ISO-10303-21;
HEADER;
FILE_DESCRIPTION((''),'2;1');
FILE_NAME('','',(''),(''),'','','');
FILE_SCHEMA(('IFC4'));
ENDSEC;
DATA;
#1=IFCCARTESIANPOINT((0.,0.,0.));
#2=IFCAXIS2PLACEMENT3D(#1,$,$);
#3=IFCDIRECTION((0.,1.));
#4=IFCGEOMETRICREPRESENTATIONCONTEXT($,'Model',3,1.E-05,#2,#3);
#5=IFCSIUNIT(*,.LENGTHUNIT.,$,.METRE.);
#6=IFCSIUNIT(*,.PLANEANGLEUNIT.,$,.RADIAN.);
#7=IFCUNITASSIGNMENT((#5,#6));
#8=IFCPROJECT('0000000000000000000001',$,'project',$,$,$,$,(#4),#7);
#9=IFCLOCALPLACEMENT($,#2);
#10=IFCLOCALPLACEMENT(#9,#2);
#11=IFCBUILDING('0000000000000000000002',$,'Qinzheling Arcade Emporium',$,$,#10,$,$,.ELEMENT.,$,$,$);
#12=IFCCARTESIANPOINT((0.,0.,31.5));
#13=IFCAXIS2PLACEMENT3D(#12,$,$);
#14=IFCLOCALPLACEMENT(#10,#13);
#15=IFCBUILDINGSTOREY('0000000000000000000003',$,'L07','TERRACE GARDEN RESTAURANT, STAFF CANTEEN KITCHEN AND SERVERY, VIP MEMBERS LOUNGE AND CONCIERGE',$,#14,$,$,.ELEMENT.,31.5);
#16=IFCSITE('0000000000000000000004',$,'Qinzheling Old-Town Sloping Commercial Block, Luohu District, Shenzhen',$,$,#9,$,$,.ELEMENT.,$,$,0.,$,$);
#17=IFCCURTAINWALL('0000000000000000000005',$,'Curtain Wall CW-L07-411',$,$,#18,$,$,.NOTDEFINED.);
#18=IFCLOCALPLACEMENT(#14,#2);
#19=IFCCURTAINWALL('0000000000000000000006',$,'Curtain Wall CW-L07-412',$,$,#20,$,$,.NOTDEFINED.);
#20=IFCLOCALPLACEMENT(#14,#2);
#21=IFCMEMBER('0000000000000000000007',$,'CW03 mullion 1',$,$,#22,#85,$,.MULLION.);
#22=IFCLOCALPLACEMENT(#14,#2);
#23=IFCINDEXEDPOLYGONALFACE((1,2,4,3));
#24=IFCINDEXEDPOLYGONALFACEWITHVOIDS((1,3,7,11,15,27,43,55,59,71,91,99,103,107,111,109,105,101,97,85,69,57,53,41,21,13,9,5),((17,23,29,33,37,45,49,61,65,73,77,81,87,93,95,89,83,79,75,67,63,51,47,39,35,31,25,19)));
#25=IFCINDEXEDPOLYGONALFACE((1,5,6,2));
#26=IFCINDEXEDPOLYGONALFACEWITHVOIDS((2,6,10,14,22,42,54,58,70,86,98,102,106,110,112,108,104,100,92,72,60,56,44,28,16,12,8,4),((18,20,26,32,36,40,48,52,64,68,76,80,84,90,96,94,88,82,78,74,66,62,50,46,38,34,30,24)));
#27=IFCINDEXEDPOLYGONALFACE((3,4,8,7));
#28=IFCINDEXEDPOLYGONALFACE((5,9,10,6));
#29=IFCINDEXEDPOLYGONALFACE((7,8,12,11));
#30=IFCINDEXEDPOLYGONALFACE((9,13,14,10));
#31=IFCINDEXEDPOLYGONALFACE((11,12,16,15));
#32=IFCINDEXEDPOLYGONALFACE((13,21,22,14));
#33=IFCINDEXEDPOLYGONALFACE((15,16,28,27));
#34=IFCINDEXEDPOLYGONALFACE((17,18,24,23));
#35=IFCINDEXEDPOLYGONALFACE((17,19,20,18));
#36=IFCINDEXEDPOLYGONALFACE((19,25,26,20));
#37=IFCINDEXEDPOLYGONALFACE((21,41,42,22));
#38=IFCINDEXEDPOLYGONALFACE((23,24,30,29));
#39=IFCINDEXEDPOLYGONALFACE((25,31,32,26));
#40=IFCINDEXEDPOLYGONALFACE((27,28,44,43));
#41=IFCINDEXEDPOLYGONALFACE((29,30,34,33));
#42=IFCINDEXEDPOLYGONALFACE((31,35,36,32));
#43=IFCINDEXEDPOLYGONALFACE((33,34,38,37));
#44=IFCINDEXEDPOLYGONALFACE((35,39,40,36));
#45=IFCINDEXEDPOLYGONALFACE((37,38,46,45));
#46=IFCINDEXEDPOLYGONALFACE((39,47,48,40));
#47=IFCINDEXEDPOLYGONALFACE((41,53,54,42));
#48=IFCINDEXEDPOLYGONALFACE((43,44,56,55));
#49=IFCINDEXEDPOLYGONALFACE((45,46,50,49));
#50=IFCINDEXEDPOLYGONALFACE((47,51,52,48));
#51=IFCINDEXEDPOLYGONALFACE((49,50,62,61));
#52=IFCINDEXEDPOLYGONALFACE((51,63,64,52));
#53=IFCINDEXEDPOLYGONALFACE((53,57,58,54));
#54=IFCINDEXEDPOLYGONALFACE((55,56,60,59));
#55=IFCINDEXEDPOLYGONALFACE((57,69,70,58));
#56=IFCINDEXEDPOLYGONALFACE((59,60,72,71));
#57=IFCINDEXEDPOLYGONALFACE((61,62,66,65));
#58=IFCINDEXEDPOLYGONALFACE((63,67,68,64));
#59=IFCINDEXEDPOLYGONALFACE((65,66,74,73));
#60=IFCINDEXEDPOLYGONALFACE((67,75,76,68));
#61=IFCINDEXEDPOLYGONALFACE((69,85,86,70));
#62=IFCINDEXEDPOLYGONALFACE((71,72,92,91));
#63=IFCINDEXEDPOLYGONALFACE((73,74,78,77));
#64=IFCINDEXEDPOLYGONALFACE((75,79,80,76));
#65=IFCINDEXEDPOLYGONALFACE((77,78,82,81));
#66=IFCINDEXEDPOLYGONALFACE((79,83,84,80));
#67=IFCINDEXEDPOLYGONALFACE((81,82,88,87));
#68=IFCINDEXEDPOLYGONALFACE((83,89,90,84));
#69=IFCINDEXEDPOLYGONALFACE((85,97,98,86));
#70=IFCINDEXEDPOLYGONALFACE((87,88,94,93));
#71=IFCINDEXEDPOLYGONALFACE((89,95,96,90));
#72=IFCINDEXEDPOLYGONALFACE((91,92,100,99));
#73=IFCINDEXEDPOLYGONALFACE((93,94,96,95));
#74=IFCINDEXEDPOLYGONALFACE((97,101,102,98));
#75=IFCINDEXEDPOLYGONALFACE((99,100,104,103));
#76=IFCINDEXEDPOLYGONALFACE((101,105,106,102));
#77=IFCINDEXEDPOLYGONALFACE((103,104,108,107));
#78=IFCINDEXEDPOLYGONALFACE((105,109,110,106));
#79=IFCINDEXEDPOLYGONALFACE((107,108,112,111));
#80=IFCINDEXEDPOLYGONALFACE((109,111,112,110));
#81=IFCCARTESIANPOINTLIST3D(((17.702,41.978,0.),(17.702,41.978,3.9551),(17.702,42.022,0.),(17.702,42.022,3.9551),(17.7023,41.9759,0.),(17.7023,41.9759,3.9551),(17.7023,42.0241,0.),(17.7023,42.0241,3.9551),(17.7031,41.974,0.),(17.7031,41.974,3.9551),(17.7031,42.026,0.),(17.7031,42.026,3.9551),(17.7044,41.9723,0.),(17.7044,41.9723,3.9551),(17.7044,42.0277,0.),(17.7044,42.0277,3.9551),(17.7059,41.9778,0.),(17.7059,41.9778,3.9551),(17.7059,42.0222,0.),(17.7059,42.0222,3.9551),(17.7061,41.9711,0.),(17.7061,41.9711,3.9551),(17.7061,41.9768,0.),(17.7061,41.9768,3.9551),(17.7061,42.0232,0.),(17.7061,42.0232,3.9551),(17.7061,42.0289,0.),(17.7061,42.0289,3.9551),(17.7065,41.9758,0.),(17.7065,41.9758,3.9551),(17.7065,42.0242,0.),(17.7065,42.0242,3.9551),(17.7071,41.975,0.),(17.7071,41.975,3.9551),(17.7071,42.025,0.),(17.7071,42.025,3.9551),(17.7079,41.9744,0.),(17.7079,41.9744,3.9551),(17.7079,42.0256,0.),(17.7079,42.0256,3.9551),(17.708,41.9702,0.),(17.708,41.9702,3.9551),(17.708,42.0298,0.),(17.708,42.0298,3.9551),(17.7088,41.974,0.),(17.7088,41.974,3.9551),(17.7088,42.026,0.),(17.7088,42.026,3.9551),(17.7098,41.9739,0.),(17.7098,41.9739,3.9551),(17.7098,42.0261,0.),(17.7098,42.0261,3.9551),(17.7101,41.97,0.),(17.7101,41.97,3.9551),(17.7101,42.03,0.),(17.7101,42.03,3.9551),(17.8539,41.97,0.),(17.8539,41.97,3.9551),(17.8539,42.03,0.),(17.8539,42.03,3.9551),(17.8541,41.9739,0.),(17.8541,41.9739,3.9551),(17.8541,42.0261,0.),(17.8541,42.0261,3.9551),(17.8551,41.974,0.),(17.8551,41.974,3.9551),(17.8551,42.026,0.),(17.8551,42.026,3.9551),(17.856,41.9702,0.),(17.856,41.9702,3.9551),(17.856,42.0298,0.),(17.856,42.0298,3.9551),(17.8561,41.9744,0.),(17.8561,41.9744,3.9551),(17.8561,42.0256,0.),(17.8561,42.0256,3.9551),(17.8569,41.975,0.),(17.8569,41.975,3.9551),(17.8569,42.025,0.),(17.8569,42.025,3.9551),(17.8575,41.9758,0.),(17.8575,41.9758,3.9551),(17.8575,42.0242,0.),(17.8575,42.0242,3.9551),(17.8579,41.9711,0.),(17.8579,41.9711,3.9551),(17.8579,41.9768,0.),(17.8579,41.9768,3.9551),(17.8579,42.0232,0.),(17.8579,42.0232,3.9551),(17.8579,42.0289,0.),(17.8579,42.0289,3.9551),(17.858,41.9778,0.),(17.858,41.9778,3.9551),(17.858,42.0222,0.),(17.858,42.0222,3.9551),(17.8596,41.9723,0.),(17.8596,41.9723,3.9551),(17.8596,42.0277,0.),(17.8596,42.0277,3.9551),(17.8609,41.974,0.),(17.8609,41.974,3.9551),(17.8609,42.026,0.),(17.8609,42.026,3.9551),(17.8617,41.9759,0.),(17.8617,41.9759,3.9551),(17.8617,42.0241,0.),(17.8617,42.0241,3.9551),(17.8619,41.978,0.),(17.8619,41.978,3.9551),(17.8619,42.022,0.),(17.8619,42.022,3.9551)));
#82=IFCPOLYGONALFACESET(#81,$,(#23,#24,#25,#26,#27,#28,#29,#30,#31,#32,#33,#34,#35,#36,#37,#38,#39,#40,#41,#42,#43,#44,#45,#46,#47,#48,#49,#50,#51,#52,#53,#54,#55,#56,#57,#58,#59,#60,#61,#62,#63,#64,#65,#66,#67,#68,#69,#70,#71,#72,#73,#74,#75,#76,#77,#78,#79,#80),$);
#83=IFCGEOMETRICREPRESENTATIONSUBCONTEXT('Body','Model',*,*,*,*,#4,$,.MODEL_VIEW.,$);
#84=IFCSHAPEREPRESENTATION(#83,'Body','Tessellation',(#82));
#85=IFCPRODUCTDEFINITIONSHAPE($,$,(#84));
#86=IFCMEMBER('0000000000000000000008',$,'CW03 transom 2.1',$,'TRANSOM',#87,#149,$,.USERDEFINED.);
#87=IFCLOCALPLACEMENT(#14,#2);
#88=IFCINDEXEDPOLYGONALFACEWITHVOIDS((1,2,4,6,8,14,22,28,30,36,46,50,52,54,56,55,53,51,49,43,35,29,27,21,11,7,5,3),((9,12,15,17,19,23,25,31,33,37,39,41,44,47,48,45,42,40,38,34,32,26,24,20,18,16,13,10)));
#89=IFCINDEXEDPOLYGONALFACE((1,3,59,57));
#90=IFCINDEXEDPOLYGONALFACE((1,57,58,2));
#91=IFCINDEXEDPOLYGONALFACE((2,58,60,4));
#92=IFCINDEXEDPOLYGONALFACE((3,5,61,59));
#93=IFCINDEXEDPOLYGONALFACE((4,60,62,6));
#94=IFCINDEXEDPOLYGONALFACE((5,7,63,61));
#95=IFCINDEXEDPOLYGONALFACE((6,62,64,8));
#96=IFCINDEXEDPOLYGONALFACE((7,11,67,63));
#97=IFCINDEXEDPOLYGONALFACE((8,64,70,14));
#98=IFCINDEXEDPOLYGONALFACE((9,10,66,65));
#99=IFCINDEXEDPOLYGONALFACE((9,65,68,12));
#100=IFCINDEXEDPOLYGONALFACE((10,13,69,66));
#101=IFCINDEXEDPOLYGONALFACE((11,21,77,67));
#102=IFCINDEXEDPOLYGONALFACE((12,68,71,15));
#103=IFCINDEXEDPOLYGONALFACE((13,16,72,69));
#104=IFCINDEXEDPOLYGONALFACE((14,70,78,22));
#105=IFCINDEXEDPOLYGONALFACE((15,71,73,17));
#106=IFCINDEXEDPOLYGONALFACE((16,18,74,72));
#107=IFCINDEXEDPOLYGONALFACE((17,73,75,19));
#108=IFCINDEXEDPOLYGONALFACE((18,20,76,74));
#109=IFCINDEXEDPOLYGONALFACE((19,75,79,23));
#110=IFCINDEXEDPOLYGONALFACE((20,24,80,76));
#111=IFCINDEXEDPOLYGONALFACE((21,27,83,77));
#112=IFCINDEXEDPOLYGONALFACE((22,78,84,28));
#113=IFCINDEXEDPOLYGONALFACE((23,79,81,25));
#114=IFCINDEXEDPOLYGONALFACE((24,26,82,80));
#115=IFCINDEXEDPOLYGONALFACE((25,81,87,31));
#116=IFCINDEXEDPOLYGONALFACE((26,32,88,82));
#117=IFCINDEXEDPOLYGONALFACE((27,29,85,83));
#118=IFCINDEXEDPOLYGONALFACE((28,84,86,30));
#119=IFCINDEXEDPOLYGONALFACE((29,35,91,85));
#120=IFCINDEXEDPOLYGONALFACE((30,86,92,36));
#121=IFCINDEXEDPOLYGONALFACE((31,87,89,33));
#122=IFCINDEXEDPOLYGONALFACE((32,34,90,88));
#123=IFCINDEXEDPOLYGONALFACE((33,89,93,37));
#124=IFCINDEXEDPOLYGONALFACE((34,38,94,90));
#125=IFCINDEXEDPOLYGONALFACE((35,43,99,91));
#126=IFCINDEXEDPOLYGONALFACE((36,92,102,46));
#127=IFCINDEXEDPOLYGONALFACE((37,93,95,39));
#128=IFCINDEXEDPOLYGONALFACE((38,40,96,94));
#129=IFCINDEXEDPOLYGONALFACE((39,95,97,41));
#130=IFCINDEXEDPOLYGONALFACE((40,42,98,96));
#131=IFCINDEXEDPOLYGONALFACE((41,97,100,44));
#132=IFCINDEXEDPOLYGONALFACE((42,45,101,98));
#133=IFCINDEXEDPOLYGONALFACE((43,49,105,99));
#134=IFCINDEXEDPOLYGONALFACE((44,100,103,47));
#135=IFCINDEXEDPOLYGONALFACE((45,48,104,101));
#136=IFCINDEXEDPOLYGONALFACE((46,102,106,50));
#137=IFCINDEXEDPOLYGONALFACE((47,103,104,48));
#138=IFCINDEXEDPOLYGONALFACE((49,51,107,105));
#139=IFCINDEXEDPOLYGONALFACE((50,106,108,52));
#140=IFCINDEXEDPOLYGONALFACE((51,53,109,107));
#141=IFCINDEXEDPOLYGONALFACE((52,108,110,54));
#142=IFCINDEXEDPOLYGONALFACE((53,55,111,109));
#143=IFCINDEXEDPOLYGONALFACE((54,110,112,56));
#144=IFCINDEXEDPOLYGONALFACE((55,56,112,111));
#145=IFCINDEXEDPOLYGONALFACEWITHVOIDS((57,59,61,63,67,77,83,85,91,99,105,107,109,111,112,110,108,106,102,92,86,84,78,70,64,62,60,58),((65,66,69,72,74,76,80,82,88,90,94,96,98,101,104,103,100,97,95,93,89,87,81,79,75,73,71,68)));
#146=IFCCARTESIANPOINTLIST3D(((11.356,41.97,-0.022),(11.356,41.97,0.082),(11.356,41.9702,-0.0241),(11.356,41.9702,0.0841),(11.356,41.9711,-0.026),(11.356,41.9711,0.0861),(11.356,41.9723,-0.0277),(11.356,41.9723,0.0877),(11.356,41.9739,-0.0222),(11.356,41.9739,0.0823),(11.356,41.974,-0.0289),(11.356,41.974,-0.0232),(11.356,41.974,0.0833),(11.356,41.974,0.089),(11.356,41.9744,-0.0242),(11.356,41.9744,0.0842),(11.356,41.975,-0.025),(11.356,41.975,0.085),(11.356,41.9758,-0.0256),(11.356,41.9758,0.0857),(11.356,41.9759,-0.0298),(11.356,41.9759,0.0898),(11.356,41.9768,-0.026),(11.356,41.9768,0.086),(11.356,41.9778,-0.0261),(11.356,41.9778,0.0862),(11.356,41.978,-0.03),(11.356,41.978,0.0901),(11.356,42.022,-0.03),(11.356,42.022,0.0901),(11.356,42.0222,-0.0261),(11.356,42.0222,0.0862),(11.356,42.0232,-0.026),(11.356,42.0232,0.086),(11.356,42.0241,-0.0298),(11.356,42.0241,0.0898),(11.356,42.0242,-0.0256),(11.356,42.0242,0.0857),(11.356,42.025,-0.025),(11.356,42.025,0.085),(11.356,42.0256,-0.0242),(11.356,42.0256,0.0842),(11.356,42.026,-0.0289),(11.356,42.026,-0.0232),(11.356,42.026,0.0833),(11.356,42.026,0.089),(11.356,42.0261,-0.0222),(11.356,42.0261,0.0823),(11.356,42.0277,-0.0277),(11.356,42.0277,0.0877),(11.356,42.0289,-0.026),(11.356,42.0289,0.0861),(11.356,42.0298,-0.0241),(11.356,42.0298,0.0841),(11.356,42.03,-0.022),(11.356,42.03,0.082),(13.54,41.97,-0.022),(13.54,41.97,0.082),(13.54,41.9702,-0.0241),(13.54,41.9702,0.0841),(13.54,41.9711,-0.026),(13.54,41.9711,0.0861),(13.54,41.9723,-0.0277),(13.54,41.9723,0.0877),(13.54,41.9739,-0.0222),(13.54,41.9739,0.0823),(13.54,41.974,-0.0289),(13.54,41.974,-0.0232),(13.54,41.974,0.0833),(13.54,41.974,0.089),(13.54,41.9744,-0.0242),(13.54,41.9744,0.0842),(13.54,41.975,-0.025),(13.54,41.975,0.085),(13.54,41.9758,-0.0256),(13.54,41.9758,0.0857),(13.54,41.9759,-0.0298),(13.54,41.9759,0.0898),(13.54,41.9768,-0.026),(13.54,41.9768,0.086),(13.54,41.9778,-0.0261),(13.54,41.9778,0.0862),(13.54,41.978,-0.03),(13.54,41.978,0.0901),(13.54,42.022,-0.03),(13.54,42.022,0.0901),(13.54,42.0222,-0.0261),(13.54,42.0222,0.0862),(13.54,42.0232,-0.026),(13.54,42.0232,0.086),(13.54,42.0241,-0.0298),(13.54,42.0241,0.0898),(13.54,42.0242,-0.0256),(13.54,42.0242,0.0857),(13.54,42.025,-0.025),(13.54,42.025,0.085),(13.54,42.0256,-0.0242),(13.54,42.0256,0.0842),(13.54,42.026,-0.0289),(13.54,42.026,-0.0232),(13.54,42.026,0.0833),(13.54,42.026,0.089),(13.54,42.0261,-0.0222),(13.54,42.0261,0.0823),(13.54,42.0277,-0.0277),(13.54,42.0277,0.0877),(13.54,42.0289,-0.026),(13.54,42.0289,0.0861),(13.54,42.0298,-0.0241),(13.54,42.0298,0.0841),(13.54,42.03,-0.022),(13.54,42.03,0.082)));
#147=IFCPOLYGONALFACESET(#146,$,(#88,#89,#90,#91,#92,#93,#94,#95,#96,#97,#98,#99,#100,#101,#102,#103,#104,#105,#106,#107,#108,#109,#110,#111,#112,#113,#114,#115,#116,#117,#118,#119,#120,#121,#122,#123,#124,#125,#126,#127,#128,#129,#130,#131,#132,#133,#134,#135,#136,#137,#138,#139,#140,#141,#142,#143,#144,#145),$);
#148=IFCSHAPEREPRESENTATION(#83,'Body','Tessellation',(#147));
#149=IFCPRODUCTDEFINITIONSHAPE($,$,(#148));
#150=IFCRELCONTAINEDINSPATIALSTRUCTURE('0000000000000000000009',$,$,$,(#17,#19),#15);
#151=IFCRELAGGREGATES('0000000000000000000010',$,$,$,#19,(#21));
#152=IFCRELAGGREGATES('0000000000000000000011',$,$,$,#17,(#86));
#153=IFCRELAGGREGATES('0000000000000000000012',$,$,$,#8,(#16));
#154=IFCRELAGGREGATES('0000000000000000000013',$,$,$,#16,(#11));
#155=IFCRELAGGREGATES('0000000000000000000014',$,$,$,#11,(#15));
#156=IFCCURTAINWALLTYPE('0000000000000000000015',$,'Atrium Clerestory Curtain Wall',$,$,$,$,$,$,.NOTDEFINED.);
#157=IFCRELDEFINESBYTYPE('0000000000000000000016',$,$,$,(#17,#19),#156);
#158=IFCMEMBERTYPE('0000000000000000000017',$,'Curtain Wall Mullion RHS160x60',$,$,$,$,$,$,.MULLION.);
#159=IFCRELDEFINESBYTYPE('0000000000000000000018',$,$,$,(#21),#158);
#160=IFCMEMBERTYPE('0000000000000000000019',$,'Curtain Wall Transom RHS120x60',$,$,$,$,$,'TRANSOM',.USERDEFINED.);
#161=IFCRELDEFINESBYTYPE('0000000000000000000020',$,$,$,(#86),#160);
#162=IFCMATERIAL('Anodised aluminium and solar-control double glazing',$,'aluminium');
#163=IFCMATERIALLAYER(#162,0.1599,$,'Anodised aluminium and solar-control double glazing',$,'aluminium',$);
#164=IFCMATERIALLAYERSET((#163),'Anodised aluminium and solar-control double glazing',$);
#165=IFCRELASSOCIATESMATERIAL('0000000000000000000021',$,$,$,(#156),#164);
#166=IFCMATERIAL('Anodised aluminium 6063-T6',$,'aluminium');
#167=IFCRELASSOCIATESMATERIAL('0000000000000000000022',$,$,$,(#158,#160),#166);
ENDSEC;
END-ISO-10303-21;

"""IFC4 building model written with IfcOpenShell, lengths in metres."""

from ifc_helpers import new_model, si_unit, direction, frame, origin, origin_2d, place, context, subcontext, project, spatial, hollow_rectangle, extrude, material, layer, layer_set, material_profile, profile_set, type_object, element, aggregate, save


model = new_model("IFC4")

# Units and contexts
model_context = context("Model", 3, precision=1e-05, world=origin(), true_north=direction((0.0, 1.0)))
body_context = subcontext(model_context, "Body", "Model", "MODEL_VIEW")
ifc_project = project(units=[si_unit("LENGTHUNIT", "METRE"), si_unit("PLANEANGLEUNIT", "RADIAN")], contexts=[model_context])

# Site, building, storey
site_placement = place(None, origin())
site = spatial("IfcSite", under=ifc_project, at=site_placement, Name="Qinzheling Old-Town Sloping Commercial Block, Luohu District, Shenzhen", CompositionType="ELEMENT", RefElevation=0.0)
building_placement = place(site_placement, origin())
building = spatial("IfcBuilding", under=site, at=building_placement, Name="Qinzheling Arcade Emporium", CompositionType="ELEMENT")
storey_placement = place(building_placement, frame((0.0, 0.0, 31.5)))
storey = spatial("IfcBuildingStorey", under=building, at=storey_placement, Name="L07", Description="TERRACE GARDEN RESTAURANT, STAFF CANTEEN KITCHEN AND SERVERY, VIP MEMBERS LOUNGE AND CONCIERGE", CompositionType="ELEMENT", Elevation=31.5)

# Curtain wall
ifc_material_1 = material(Name="Anodised aluminium and solar-control double glazing", Category="aluminium")
ifc_layer_1 = layer(ifc_material_1, 0.1599, Name="Anodised aluminium and solar-control double glazing", Category="aluminium")
ifc_layer_set_1 = layer_set([ifc_layer_1], Name="Anodised aluminium and solar-control double glazing")
curtain_wall_type = type_object("IfcCurtainWallType", Name="Atrium Clerestory Curtain Wall", PredefinedType="NOTDEFINED", material=ifc_layer_set_1)
curtain_wall_1_placement = place(storey_placement, origin())
curtain_wall_1 = element("IfcCurtainWall", 1, at=curtain_wall_1_placement, inside=storey, type_object=curtain_wall_type, Name="Curtain Wall CW-L07-411", PredefinedType="NOTDEFINED")
ifc_material_2 = material(Name="Anodised aluminium 6063-T6", Category="aluminium")
ifc_material_profile_1 = material_profile(ifc_material_2, hollow_rectangle(XDim=0.0601, YDim=0.1599, WallThickness=0.0039, InnerFilletRadius=0.0039, OuterFilletRadius=0.0081, at=origin_2d()), Name="RHS 160x60x4", Category="aluminium")
ifc_profile_set_1 = profile_set([ifc_material_profile_1], Name="Anodised aluminium 6063-T6")
member_type_1 = type_object("IfcMemberType", Name="Curtain Wall Mullion RHS160x60", PredefinedType="MULLION", material=ifc_profile_set_1)

# Curtain wall, member
curtain_wall_2_placement = place(storey_placement, origin())
curtain_wall_2 = element("IfcCurtainWall", 2, at=curtain_wall_2_placement, inside=storey, type_object=curtain_wall_type, Name="Curtain Wall CW-L07-412", PredefinedType="NOTDEFINED")
member_1_placement = place(storey_placement, frame((17.782, 42.0, 0.0), z_axis=(0.0, 0.0, 1.0), x_axis=(0.0, 1.0, 0.0)))
member_1 = element("IfcMember", 3, at=member_1_placement, type_object=member_type_1, Name="CW03 mullion 1", PredefinedType="MULLION", context=body_context, shape_type="SweptSolid", body=[
    extrude(hollow_rectangle(XDim=0.0601, YDim=0.1599, WallThickness=0.0039, InnerFilletRadius=0.0039, OuterFilletRadius=0.0081, at=origin_2d()), origin(), (0.0, 0.0, 1.0), 3.9551),
])

# Member
ifc_material_profile_2 = material_profile(ifc_material_2, hollow_rectangle(XDim=0.0601, YDim=0.1201, WallThickness=0.0039, InnerFilletRadius=0.0039, OuterFilletRadius=0.0081, at=origin_2d()), Name="RHS 120x60x4", Category="aluminium")
ifc_profile_set_2 = profile_set([ifc_material_profile_2], Name="Anodised aluminium 6063-T6")
member_type_2 = type_object("IfcMemberType", Name="Curtain Wall Transom RHS120x60", ElementType="TRANSOM", PredefinedType="USERDEFINED", material=ifc_profile_set_2)
member_2_placement = place(storey_placement, frame((11.356, 42.0, 0.03), z_axis=(1.0, 0.0, 0.0), x_axis=(0.0, 1.0, 0.0)))
member_2 = element("IfcMember", 4, at=member_2_placement, type_object=member_type_2, Name="CW03 transom 2.1", ObjectType="TRANSOM", PredefinedType="USERDEFINED", context=body_context, shape_type="SweptSolid", body=[
    extrude(hollow_rectangle(XDim=0.0601, YDim=0.1201, WallThickness=0.0039, InnerFilletRadius=0.0039, OuterFilletRadius=0.0081, at=origin_2d()), origin(), (0.0, 0.0, 1.0), 2.1841),
])
aggregate(curtain_wall_2, [member_1])

aggregate(curtain_wall_1, [member_2])

save(model, "model.ifc")
